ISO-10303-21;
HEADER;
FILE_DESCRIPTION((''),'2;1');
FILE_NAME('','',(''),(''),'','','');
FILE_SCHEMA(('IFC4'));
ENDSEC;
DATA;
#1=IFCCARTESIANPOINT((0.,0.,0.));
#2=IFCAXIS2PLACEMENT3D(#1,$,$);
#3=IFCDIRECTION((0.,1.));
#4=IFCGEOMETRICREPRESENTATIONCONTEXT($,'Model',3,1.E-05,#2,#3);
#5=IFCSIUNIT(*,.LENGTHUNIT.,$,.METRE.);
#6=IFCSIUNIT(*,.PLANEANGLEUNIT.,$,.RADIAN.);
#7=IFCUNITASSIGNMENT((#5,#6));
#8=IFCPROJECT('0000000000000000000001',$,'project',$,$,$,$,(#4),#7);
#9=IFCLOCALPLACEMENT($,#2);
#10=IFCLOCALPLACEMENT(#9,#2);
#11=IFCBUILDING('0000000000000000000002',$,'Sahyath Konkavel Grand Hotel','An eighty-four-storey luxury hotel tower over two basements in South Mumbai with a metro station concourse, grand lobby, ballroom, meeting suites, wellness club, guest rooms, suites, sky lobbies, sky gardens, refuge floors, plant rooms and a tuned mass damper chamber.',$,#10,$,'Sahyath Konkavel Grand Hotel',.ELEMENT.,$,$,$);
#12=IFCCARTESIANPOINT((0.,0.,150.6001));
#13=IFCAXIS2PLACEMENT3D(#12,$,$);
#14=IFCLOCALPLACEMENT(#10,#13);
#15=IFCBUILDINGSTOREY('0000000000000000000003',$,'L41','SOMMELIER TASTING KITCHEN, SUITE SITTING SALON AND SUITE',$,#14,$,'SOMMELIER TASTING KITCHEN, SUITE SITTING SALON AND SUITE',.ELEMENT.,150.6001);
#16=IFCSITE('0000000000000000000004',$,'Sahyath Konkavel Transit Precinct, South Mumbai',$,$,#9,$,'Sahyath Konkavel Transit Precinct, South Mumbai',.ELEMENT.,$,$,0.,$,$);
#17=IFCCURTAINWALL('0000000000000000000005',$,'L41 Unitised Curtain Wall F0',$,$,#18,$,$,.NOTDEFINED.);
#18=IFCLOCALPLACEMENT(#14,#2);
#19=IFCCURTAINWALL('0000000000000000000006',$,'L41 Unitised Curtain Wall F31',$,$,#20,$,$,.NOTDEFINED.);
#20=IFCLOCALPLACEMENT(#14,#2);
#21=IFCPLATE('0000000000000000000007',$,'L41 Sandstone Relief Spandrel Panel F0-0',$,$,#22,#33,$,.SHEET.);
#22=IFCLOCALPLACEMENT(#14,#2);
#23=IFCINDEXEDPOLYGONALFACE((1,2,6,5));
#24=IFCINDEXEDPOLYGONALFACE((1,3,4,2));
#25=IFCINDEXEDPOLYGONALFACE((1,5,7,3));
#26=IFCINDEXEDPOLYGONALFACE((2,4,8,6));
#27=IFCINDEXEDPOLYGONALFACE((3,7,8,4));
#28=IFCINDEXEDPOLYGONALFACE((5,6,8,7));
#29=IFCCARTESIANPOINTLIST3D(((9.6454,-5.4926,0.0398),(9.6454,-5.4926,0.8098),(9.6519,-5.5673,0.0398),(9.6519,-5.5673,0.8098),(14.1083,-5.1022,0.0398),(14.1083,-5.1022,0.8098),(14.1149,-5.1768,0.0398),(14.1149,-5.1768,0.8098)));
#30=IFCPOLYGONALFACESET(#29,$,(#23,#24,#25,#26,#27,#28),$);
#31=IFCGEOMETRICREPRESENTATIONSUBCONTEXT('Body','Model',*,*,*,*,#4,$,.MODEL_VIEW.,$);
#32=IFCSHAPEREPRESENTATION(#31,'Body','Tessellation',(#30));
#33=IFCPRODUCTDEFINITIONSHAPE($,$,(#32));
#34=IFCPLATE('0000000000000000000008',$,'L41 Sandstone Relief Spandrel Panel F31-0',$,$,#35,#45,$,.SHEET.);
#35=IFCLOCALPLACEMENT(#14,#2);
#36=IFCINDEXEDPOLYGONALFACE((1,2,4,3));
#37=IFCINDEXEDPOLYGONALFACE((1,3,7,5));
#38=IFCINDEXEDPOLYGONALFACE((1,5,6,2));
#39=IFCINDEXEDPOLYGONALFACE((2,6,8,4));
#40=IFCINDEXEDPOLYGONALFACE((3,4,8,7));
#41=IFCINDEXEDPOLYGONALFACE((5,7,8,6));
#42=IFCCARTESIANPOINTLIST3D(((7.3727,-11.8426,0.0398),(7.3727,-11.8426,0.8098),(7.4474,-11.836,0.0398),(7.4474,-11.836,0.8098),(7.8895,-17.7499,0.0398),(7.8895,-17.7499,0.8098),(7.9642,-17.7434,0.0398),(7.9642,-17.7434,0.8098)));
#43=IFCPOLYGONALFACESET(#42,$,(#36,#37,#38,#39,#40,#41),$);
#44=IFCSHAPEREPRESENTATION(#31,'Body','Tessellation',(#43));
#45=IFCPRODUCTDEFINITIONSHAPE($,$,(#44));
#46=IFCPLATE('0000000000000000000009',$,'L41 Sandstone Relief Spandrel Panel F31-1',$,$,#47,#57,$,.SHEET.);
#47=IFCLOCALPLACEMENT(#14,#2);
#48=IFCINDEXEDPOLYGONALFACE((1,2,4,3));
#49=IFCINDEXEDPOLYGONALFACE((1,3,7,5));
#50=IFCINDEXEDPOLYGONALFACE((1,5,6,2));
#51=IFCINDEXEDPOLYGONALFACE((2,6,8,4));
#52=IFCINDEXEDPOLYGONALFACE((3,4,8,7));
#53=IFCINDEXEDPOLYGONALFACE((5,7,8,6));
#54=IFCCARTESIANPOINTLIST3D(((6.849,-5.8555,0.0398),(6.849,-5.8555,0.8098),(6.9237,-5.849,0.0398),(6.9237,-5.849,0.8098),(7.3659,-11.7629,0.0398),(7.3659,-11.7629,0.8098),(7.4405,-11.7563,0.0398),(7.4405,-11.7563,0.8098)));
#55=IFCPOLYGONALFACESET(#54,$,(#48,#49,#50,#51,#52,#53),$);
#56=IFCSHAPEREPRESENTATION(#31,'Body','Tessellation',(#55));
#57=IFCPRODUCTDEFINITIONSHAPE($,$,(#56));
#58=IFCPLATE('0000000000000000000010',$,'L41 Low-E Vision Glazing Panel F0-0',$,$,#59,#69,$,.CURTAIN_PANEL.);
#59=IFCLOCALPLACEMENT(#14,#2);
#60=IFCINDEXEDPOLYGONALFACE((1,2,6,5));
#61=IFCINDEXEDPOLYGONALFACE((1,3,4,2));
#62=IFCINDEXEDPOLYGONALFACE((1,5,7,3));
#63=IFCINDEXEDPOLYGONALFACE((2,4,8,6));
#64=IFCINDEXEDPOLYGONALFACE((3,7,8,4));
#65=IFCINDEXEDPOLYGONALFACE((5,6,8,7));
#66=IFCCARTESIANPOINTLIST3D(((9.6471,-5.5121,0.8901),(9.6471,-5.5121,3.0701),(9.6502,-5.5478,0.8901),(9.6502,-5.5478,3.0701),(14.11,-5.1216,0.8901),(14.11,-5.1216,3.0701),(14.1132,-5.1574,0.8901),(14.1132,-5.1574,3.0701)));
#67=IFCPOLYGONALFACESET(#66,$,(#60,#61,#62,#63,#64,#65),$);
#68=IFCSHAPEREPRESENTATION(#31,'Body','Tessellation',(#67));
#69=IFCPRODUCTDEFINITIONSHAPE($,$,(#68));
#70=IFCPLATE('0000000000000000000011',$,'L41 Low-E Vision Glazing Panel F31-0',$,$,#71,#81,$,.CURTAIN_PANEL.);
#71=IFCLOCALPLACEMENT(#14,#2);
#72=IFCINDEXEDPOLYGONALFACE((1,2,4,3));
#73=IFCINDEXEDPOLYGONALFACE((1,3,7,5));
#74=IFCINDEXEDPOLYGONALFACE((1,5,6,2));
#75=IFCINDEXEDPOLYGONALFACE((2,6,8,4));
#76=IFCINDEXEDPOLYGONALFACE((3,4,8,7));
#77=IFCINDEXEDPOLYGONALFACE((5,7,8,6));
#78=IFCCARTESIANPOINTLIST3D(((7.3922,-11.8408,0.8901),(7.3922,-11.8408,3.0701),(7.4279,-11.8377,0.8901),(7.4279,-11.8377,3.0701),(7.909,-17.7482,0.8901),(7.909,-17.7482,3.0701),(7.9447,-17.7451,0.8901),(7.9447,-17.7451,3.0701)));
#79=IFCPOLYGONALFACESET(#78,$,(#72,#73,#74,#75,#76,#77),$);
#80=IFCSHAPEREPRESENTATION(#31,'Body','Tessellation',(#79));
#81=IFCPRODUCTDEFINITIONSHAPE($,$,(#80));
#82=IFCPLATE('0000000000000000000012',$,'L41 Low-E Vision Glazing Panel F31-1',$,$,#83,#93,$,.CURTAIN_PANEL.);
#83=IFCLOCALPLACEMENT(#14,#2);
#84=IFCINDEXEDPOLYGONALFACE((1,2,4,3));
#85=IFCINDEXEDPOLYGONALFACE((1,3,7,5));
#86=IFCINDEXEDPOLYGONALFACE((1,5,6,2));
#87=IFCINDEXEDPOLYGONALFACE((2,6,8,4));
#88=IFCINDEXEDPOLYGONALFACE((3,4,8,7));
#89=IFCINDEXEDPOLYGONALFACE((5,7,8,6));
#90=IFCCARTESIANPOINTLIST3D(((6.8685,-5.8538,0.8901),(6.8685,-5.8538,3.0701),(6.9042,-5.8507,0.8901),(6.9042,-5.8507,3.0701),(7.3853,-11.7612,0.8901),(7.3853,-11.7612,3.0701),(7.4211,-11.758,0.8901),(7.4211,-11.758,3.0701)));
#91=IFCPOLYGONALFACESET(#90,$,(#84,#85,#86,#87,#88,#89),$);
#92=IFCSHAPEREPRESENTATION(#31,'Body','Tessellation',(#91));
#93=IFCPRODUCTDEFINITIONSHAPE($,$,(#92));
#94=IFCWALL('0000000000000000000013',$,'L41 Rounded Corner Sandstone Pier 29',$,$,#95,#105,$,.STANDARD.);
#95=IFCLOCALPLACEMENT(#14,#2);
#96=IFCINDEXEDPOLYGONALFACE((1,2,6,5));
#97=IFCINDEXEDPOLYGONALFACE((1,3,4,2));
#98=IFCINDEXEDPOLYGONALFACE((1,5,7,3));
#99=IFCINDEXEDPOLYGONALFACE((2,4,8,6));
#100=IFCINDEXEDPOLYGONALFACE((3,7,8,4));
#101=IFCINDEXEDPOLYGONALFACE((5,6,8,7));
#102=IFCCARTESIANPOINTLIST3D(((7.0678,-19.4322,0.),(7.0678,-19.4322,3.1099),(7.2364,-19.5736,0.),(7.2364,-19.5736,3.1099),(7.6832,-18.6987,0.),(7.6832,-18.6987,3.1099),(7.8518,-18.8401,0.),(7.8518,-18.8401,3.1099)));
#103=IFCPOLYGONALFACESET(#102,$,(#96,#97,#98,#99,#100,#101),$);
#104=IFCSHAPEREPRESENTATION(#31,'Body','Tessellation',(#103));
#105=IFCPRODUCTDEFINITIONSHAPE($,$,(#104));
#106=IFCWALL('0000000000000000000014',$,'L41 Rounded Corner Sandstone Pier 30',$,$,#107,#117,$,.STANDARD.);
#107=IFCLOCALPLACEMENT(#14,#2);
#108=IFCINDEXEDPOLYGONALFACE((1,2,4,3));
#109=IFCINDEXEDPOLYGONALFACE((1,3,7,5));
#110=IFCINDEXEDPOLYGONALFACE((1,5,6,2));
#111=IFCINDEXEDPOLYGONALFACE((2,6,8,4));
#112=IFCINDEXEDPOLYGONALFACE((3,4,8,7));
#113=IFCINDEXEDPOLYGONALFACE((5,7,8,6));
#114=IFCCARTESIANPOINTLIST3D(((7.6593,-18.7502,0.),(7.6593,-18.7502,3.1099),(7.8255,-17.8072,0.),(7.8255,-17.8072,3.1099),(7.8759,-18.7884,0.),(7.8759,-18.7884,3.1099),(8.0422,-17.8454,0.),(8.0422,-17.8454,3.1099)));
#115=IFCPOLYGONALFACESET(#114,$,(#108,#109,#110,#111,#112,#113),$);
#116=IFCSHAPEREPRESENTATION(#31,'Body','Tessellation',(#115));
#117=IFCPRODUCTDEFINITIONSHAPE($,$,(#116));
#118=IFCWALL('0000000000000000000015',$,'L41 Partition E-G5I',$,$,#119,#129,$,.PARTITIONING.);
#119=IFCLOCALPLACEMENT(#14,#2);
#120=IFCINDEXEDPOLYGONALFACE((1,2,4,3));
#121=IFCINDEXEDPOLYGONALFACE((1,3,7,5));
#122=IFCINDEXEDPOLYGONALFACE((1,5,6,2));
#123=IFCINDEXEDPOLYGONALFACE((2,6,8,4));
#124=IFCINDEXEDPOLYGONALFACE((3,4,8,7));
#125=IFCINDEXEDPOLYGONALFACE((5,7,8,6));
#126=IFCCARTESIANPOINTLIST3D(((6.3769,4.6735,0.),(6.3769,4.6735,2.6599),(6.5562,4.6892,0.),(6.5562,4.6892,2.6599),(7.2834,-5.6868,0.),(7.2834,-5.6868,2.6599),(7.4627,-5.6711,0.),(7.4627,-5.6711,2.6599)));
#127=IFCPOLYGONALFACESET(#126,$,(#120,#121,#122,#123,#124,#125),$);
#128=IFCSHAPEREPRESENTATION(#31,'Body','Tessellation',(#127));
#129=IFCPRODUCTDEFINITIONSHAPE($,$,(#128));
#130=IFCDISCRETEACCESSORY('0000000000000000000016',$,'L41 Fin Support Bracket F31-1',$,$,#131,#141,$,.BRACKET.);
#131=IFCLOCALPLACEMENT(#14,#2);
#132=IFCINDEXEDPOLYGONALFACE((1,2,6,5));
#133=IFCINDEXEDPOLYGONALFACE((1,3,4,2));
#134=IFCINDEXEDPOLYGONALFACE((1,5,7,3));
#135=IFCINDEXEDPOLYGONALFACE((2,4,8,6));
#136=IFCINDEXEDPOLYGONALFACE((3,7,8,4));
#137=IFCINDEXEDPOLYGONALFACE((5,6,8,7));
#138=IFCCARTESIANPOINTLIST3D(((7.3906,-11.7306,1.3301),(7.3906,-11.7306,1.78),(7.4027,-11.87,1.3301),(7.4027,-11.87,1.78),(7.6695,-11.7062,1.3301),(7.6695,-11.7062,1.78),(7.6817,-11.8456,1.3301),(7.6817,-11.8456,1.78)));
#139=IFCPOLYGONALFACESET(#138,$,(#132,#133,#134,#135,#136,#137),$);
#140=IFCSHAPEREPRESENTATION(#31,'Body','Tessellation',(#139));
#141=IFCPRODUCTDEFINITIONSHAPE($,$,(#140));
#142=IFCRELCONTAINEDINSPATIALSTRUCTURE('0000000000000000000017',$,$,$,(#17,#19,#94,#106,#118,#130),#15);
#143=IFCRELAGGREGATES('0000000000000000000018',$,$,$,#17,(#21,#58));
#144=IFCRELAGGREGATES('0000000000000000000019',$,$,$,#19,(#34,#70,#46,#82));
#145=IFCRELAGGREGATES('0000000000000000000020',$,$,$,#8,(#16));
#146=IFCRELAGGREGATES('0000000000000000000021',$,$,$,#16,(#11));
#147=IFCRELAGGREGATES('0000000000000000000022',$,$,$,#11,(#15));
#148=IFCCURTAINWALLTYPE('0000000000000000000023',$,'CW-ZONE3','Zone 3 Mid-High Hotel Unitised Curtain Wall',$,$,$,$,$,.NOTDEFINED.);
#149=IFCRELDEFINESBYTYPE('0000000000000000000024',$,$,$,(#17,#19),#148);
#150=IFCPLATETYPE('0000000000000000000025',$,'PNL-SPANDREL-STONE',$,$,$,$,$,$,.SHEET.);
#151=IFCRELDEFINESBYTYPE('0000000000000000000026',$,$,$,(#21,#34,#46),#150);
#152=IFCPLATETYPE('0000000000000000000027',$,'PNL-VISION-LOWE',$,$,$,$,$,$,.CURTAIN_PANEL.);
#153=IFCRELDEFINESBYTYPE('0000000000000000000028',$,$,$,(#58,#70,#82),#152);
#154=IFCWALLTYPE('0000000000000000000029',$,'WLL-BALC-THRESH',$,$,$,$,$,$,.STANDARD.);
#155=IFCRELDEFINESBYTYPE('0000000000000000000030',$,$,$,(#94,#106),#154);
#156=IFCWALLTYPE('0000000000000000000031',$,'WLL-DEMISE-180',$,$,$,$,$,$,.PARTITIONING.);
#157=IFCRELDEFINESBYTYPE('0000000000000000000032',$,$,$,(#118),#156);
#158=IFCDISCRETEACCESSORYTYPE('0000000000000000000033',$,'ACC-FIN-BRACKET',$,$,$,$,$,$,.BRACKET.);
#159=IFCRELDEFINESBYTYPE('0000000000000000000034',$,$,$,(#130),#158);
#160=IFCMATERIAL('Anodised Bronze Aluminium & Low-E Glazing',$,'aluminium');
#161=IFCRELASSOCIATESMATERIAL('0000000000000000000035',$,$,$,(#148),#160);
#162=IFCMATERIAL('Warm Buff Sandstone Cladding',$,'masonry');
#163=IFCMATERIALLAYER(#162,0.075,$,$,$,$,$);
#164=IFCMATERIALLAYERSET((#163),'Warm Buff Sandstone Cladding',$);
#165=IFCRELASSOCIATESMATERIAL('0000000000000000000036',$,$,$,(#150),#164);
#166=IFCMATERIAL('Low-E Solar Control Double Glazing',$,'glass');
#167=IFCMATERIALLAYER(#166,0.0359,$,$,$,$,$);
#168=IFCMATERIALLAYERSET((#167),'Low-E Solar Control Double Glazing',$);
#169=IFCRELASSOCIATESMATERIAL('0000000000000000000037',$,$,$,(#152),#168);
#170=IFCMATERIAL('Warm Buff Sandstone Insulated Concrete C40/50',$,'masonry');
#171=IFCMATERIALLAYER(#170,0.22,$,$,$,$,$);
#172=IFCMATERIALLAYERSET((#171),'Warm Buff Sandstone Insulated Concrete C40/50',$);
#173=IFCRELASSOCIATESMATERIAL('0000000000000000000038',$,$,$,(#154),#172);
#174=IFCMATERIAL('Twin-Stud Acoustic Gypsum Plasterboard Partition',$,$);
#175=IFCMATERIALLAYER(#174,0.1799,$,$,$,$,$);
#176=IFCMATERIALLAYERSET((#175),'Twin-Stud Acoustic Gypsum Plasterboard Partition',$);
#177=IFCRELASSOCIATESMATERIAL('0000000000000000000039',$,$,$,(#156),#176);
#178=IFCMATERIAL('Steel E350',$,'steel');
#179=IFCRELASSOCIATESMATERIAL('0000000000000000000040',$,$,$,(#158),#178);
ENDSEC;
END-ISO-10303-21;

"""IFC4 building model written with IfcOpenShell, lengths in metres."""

from ifc_helpers import new_model, si_unit, direction, frame, frame_2d, origin, origin_2d, place, context, subcontext, project, spatial, rectangle, extrude, source, transform, mapped, material, layer, layer_set, type_object, element, aggregate, save


model = new_model("IFC4")

# Units and contexts
model_context = context("Model", 3, precision=1e-05, world=origin(), true_north=direction((0.0, 1.0)))
body_context = subcontext(model_context, "Body", "Model", "MODEL_VIEW")
ifc_project = project(units=[si_unit("LENGTHUNIT", "METRE"), si_unit("PLANEANGLEUNIT", "RADIAN")], contexts=[model_context])

# Site, building, storey
site_placement = place(None, origin())
site = spatial("IfcSite", under=ifc_project, at=site_placement, Name="Sahyath Konkavel Transit Precinct, South Mumbai", LongName="Sahyath Konkavel Transit Precinct, South Mumbai", CompositionType="ELEMENT", RefElevation=0.0)
building_placement = place(site_placement, origin())
building = spatial("IfcBuilding", under=site, at=building_placement, Name="Sahyath Konkavel Grand Hotel", Description="An eighty-four-storey luxury hotel tower over two basements in South Mumbai with a metro station concourse, grand lobby, ballroom, meeting suites, wellness club, guest rooms, suites, sky lobbies, sky gardens, refuge floors, plant rooms and a tuned mass damper chamber.", LongName="Sahyath Konkavel Grand Hotel", CompositionType="ELEMENT")
storey_placement = place(building_placement, frame((0.0, 0.0, 150.6001)))
storey = spatial("IfcBuildingStorey", under=building, at=storey_placement, Name="L41", Description="SOMMELIER TASTING KITCHEN, SUITE SITTING SALON AND SUITE", LongName="SOMMELIER TASTING KITCHEN, SUITE SITTING SALON AND SUITE", CompositionType="ELEMENT", Elevation=150.6001)

# Curtain wall
ifc_material_1 = material(Name="Anodised Bronze Aluminium & Low-E Glazing", Category="aluminium")
curtain_wall_type = type_object("IfcCurtainWallType", Name="CW-ZONE3", Description="Zone 3 Mid-High Hotel Unitised Curtain Wall", PredefinedType="NOTDEFINED", material=ifc_material_1)
curtain_wall_1_placement = place(storey_placement, origin())
curtain_wall_1 = element("IfcCurtainWall", 1, at=curtain_wall_1_placement, inside=storey, type_object=curtain_wall_type, Name="L41 Unitised Curtain Wall F0", PredefinedType="NOTDEFINED")

# Curtain wall
curtain_wall_2_placement = place(storey_placement, origin())
curtain_wall_2 = element("IfcCurtainWall", 2, at=curtain_wall_2_placement, inside=storey, type_object=curtain_wall_type, Name="L41 Unitised Curtain Wall F31", PredefinedType="NOTDEFINED")

# Plates
ifc_material_2 = material(Name="Warm Buff Sandstone Cladding", Category="masonry")
ifc_layer_1 = layer(ifc_material_2, 0.075)
ifc_layer_set_1 = layer_set([ifc_layer_1], Name="Warm Buff Sandstone Cladding")
plate_type_1 = type_object("IfcPlateType", Name="PNL-SPANDREL-STONE", PredefinedType="SHEET", material=ifc_layer_set_1)
shared_shape_1 = source(origin(), body_context, "Body", "SweptSolid", [
    extrude(rectangle(XDim=4.48, YDim=0.075, at=origin_2d()), origin(), (0.0, 0.0, 1.0), 0.77),
])
plate_1_placement = place(storey_placement, frame((11.8801, -5.3347, 0.0398), z_axis=(0.0, 0.0, 1.0), x_axis=(0.996195, 0.087156, 0.0)))
plate_1 = element("IfcPlate", 3, at=plate_1_placement, type_object=plate_type_1, Name="L41 Sandstone Relief Spandrel Panel F0-0", PredefinedType="SHEET", context=body_context, shape_type="MappedRepresentation", body=[
    mapped(shared_shape_1, transform((0.0, 0.0, 0.0), scale=1.0)),
])
shared_shape_2 = source(origin(), body_context, "Body", "SweptSolid", [
    extrude(rectangle(XDim=5.9299, YDim=0.075, at=origin_2d()), origin(), (0.0, 0.0, 1.0), 0.77),
])
plate_2_placement = place(storey_placement, frame((7.6685, -14.793, 0.0398), z_axis=(0.0, 0.0, 1.0), x_axis=(-0.087156, 0.996195, 0.0)))
plate_2 = element("IfcPlate", 4, at=plate_2_placement, type_object=plate_type_1, Name="L41 Sandstone Relief Spandrel Panel F31-0", PredefinedType="SHEET", context=body_context, shape_type="MappedRepresentation", body=[
    mapped(shared_shape_2, transform((0.0, 0.0, 0.0), scale=1.0)),
])
plate_3_placement = place(storey_placement, frame((7.1448, -8.8059, 0.0398), z_axis=(0.0, 0.0, 1.0), x_axis=(-0.087156, 0.996195, 0.0)))
plate_3 = element("IfcPlate", 5, at=plate_3_placement, type_object=plate_type_1, Name="L41 Sandstone Relief Spandrel Panel F31-1", PredefinedType="SHEET", context=body_context, shape_type="MappedRepresentation", body=[
    mapped(shared_shape_2, transform((0.0, 0.0, 0.0), scale=1.0)),
])
ifc_material_3 = material(Name="Low-E Solar Control Double Glazing", Category="glass")
ifc_layer_2 = layer(ifc_material_3, 0.0359)
ifc_layer_set_2 = layer_set([ifc_layer_2], Name="Low-E Solar Control Double Glazing")
plate_type_2 = type_object("IfcPlateType", Name="PNL-VISION-LOWE", PredefinedType="CURTAIN_PANEL", material=ifc_layer_set_2)
shared_shape_3 = source(origin(), body_context, "Body", "SweptSolid", [
    extrude(rectangle(XDim=4.48, YDim=0.0359, at=origin_2d()), origin(), (0.0, 0.0, 1.0), 2.1799),
])
plate_4_placement = place(storey_placement, frame((11.8801, -5.3347, 0.8901), z_axis=(0.0, 0.0, 1.0), x_axis=(0.996195, 0.087156, 0.0)))
plate_4 = element("IfcPlate", 6, at=plate_4_placement, type_object=plate_type_2, Name="L41 Low-E Vision Glazing Panel F0-0", PredefinedType="CURTAIN_PANEL", context=body_context, shape_type="MappedRepresentation", body=[
    mapped(shared_shape_3, transform((0.0, 0.0, 0.0), scale=1.0)),
])
aggregate(curtain_wall_1, [plate_1, plate_4])
shared_shape_4 = source(origin(), body_context, "Body", "SweptSolid", [
    extrude(rectangle(XDim=5.9299, YDim=0.0359, at=origin_2d()), origin(), (0.0, 0.0, 1.0), 2.1799),
])
plate_5_placement = place(storey_placement, frame((7.6685, -14.793, 0.8901), z_axis=(0.0, 0.0, 1.0), x_axis=(-0.087156, 0.996195, 0.0)))
plate_5 = element("IfcPlate", 7, at=plate_5_placement, type_object=plate_type_2, Name="L41 Low-E Vision Glazing Panel F31-0", PredefinedType="CURTAIN_PANEL", context=body_context, shape_type="MappedRepresentation", body=[
    mapped(shared_shape_4, transform((0.0, 0.0, 0.0), scale=1.0)),
])
plate_6_placement = place(storey_placement, frame((7.1448, -8.8059, 0.8901), z_axis=(0.0, 0.0, 1.0), x_axis=(-0.087156, 0.996195, 0.0)))
plate_6 = element("IfcPlate", 8, at=plate_6_placement, type_object=plate_type_2, Name="L41 Low-E Vision Glazing Panel F31-1", PredefinedType="CURTAIN_PANEL", context=body_context, shape_type="MappedRepresentation", body=[
    mapped(shared_shape_4, transform((0.0, 0.0, 0.0), scale=1.0)),
])
aggregate(curtain_wall_2, [plate_2, plate_5, plate_3, plate_6])

# Walls
ifc_material_4 = material(Name="Warm Buff Sandstone Insulated Concrete C40/50", Category="masonry")
ifc_layer_3 = layer(ifc_material_4, 0.22)
ifc_layer_set_3 = layer_set([ifc_layer_3], Name="Warm Buff Sandstone Insulated Concrete C40/50")
wall_type_1 = type_object("IfcWallType", Name="WLL-BALC-THRESH", PredefinedType="STANDARD", material=ifc_layer_set_3)
for number, where, z_axis, x_axis, name in (
    (9, (7.1521, -19.5029, 0.0), (0.0, 0.0, 1.0), (0.642714, 0.766107, 0.0), "L41 Rounded Corner Sandstone Pier 29"),
    (10, (7.7676, -18.7693, 0.0), (0.0, 0.0, 1.0), (0.173654, 0.984807, 0.0), "L41 Rounded Corner Sandstone Pier 30"),
):
    element("IfcWall", number, at=place(storey_placement, frame(where, z_axis=z_axis, x_axis=x_axis)), inside=storey, type_object=wall_type_1, Name=name, PredefinedType="STANDARD", context=body_context, shape_type="SweptSolid", body=[
        extrude(rectangle(XDim=0.9575, YDim=0.22, at=frame_2d((0.4788, 0.0))), origin(), (0.0, 0.0, 1.0), 3.1099),
    ])
ifc_material_5 = material(Name="Twin-Stud Acoustic Gypsum Plasterboard Partition")
ifc_layer_4 = layer(ifc_material_5, 0.1799)
ifc_layer_set_4 = layer_set([ifc_layer_4], Name="Twin-Stud Acoustic Gypsum Plasterboard Partition")
wall_type_2 = type_object("IfcWallType", Name="WLL-DEMISE-180", PredefinedType="PARTITIONING", material=ifc_layer_set_4)
wall_placement = place(storey_placement, frame((7.373, -5.679, 0.0), z_axis=(0.0, 0.0, 1.0), x_axis=(-0.087163, 0.996194, 0.0)))
element("IfcWall", 11, at=wall_placement, inside=storey, type_object=wall_type_2, Name="L41 Partition E-G5I", PredefinedType="PARTITIONING", context=body_context, shape_type="SweptSolid", body=[
    extrude(rectangle(XDim=10.3999, YDim=0.1799, at=frame_2d((5.2, 0.0))), origin(), (0.0, 0.0, 1.0), 2.6599),
])

# Discrete accessory
ifc_material_6 = material(Name="Steel E350", Category="steel")
discrete_accessory_type = type_object("IfcDiscreteAccessoryType", Name="ACC-FIN-BRACKET", PredefinedType="BRACKET", material=ifc_material_6)
shared_shape_5 = source(origin(), body_context, "Body", "SweptSolid", [
    extrude(rectangle(XDim=0.28, YDim=0.1399, at=origin_2d()), origin(), (0.0, 0.0, 1.0), 0.45),
])
discrete_accessory_placement = place(storey_placement, frame((7.5361, -11.7881, 1.3301), z_axis=(0.0, 0.0, 1.0), x_axis=(0.996195, 0.087156, 0.0)))
element("IfcDiscreteAccessory", 12, at=discrete_accessory_placement, inside=storey, type_object=discrete_accessory_type, Name="L41 Fin Support Bracket F31-1", PredefinedType="BRACKET", context=body_context, shape_type="MappedRepresentation", body=[
    mapped(shared_shape_5, transform((0.0, 0.0, 0.0), scale=1.0)),
])

save(model, "model.ifc")
